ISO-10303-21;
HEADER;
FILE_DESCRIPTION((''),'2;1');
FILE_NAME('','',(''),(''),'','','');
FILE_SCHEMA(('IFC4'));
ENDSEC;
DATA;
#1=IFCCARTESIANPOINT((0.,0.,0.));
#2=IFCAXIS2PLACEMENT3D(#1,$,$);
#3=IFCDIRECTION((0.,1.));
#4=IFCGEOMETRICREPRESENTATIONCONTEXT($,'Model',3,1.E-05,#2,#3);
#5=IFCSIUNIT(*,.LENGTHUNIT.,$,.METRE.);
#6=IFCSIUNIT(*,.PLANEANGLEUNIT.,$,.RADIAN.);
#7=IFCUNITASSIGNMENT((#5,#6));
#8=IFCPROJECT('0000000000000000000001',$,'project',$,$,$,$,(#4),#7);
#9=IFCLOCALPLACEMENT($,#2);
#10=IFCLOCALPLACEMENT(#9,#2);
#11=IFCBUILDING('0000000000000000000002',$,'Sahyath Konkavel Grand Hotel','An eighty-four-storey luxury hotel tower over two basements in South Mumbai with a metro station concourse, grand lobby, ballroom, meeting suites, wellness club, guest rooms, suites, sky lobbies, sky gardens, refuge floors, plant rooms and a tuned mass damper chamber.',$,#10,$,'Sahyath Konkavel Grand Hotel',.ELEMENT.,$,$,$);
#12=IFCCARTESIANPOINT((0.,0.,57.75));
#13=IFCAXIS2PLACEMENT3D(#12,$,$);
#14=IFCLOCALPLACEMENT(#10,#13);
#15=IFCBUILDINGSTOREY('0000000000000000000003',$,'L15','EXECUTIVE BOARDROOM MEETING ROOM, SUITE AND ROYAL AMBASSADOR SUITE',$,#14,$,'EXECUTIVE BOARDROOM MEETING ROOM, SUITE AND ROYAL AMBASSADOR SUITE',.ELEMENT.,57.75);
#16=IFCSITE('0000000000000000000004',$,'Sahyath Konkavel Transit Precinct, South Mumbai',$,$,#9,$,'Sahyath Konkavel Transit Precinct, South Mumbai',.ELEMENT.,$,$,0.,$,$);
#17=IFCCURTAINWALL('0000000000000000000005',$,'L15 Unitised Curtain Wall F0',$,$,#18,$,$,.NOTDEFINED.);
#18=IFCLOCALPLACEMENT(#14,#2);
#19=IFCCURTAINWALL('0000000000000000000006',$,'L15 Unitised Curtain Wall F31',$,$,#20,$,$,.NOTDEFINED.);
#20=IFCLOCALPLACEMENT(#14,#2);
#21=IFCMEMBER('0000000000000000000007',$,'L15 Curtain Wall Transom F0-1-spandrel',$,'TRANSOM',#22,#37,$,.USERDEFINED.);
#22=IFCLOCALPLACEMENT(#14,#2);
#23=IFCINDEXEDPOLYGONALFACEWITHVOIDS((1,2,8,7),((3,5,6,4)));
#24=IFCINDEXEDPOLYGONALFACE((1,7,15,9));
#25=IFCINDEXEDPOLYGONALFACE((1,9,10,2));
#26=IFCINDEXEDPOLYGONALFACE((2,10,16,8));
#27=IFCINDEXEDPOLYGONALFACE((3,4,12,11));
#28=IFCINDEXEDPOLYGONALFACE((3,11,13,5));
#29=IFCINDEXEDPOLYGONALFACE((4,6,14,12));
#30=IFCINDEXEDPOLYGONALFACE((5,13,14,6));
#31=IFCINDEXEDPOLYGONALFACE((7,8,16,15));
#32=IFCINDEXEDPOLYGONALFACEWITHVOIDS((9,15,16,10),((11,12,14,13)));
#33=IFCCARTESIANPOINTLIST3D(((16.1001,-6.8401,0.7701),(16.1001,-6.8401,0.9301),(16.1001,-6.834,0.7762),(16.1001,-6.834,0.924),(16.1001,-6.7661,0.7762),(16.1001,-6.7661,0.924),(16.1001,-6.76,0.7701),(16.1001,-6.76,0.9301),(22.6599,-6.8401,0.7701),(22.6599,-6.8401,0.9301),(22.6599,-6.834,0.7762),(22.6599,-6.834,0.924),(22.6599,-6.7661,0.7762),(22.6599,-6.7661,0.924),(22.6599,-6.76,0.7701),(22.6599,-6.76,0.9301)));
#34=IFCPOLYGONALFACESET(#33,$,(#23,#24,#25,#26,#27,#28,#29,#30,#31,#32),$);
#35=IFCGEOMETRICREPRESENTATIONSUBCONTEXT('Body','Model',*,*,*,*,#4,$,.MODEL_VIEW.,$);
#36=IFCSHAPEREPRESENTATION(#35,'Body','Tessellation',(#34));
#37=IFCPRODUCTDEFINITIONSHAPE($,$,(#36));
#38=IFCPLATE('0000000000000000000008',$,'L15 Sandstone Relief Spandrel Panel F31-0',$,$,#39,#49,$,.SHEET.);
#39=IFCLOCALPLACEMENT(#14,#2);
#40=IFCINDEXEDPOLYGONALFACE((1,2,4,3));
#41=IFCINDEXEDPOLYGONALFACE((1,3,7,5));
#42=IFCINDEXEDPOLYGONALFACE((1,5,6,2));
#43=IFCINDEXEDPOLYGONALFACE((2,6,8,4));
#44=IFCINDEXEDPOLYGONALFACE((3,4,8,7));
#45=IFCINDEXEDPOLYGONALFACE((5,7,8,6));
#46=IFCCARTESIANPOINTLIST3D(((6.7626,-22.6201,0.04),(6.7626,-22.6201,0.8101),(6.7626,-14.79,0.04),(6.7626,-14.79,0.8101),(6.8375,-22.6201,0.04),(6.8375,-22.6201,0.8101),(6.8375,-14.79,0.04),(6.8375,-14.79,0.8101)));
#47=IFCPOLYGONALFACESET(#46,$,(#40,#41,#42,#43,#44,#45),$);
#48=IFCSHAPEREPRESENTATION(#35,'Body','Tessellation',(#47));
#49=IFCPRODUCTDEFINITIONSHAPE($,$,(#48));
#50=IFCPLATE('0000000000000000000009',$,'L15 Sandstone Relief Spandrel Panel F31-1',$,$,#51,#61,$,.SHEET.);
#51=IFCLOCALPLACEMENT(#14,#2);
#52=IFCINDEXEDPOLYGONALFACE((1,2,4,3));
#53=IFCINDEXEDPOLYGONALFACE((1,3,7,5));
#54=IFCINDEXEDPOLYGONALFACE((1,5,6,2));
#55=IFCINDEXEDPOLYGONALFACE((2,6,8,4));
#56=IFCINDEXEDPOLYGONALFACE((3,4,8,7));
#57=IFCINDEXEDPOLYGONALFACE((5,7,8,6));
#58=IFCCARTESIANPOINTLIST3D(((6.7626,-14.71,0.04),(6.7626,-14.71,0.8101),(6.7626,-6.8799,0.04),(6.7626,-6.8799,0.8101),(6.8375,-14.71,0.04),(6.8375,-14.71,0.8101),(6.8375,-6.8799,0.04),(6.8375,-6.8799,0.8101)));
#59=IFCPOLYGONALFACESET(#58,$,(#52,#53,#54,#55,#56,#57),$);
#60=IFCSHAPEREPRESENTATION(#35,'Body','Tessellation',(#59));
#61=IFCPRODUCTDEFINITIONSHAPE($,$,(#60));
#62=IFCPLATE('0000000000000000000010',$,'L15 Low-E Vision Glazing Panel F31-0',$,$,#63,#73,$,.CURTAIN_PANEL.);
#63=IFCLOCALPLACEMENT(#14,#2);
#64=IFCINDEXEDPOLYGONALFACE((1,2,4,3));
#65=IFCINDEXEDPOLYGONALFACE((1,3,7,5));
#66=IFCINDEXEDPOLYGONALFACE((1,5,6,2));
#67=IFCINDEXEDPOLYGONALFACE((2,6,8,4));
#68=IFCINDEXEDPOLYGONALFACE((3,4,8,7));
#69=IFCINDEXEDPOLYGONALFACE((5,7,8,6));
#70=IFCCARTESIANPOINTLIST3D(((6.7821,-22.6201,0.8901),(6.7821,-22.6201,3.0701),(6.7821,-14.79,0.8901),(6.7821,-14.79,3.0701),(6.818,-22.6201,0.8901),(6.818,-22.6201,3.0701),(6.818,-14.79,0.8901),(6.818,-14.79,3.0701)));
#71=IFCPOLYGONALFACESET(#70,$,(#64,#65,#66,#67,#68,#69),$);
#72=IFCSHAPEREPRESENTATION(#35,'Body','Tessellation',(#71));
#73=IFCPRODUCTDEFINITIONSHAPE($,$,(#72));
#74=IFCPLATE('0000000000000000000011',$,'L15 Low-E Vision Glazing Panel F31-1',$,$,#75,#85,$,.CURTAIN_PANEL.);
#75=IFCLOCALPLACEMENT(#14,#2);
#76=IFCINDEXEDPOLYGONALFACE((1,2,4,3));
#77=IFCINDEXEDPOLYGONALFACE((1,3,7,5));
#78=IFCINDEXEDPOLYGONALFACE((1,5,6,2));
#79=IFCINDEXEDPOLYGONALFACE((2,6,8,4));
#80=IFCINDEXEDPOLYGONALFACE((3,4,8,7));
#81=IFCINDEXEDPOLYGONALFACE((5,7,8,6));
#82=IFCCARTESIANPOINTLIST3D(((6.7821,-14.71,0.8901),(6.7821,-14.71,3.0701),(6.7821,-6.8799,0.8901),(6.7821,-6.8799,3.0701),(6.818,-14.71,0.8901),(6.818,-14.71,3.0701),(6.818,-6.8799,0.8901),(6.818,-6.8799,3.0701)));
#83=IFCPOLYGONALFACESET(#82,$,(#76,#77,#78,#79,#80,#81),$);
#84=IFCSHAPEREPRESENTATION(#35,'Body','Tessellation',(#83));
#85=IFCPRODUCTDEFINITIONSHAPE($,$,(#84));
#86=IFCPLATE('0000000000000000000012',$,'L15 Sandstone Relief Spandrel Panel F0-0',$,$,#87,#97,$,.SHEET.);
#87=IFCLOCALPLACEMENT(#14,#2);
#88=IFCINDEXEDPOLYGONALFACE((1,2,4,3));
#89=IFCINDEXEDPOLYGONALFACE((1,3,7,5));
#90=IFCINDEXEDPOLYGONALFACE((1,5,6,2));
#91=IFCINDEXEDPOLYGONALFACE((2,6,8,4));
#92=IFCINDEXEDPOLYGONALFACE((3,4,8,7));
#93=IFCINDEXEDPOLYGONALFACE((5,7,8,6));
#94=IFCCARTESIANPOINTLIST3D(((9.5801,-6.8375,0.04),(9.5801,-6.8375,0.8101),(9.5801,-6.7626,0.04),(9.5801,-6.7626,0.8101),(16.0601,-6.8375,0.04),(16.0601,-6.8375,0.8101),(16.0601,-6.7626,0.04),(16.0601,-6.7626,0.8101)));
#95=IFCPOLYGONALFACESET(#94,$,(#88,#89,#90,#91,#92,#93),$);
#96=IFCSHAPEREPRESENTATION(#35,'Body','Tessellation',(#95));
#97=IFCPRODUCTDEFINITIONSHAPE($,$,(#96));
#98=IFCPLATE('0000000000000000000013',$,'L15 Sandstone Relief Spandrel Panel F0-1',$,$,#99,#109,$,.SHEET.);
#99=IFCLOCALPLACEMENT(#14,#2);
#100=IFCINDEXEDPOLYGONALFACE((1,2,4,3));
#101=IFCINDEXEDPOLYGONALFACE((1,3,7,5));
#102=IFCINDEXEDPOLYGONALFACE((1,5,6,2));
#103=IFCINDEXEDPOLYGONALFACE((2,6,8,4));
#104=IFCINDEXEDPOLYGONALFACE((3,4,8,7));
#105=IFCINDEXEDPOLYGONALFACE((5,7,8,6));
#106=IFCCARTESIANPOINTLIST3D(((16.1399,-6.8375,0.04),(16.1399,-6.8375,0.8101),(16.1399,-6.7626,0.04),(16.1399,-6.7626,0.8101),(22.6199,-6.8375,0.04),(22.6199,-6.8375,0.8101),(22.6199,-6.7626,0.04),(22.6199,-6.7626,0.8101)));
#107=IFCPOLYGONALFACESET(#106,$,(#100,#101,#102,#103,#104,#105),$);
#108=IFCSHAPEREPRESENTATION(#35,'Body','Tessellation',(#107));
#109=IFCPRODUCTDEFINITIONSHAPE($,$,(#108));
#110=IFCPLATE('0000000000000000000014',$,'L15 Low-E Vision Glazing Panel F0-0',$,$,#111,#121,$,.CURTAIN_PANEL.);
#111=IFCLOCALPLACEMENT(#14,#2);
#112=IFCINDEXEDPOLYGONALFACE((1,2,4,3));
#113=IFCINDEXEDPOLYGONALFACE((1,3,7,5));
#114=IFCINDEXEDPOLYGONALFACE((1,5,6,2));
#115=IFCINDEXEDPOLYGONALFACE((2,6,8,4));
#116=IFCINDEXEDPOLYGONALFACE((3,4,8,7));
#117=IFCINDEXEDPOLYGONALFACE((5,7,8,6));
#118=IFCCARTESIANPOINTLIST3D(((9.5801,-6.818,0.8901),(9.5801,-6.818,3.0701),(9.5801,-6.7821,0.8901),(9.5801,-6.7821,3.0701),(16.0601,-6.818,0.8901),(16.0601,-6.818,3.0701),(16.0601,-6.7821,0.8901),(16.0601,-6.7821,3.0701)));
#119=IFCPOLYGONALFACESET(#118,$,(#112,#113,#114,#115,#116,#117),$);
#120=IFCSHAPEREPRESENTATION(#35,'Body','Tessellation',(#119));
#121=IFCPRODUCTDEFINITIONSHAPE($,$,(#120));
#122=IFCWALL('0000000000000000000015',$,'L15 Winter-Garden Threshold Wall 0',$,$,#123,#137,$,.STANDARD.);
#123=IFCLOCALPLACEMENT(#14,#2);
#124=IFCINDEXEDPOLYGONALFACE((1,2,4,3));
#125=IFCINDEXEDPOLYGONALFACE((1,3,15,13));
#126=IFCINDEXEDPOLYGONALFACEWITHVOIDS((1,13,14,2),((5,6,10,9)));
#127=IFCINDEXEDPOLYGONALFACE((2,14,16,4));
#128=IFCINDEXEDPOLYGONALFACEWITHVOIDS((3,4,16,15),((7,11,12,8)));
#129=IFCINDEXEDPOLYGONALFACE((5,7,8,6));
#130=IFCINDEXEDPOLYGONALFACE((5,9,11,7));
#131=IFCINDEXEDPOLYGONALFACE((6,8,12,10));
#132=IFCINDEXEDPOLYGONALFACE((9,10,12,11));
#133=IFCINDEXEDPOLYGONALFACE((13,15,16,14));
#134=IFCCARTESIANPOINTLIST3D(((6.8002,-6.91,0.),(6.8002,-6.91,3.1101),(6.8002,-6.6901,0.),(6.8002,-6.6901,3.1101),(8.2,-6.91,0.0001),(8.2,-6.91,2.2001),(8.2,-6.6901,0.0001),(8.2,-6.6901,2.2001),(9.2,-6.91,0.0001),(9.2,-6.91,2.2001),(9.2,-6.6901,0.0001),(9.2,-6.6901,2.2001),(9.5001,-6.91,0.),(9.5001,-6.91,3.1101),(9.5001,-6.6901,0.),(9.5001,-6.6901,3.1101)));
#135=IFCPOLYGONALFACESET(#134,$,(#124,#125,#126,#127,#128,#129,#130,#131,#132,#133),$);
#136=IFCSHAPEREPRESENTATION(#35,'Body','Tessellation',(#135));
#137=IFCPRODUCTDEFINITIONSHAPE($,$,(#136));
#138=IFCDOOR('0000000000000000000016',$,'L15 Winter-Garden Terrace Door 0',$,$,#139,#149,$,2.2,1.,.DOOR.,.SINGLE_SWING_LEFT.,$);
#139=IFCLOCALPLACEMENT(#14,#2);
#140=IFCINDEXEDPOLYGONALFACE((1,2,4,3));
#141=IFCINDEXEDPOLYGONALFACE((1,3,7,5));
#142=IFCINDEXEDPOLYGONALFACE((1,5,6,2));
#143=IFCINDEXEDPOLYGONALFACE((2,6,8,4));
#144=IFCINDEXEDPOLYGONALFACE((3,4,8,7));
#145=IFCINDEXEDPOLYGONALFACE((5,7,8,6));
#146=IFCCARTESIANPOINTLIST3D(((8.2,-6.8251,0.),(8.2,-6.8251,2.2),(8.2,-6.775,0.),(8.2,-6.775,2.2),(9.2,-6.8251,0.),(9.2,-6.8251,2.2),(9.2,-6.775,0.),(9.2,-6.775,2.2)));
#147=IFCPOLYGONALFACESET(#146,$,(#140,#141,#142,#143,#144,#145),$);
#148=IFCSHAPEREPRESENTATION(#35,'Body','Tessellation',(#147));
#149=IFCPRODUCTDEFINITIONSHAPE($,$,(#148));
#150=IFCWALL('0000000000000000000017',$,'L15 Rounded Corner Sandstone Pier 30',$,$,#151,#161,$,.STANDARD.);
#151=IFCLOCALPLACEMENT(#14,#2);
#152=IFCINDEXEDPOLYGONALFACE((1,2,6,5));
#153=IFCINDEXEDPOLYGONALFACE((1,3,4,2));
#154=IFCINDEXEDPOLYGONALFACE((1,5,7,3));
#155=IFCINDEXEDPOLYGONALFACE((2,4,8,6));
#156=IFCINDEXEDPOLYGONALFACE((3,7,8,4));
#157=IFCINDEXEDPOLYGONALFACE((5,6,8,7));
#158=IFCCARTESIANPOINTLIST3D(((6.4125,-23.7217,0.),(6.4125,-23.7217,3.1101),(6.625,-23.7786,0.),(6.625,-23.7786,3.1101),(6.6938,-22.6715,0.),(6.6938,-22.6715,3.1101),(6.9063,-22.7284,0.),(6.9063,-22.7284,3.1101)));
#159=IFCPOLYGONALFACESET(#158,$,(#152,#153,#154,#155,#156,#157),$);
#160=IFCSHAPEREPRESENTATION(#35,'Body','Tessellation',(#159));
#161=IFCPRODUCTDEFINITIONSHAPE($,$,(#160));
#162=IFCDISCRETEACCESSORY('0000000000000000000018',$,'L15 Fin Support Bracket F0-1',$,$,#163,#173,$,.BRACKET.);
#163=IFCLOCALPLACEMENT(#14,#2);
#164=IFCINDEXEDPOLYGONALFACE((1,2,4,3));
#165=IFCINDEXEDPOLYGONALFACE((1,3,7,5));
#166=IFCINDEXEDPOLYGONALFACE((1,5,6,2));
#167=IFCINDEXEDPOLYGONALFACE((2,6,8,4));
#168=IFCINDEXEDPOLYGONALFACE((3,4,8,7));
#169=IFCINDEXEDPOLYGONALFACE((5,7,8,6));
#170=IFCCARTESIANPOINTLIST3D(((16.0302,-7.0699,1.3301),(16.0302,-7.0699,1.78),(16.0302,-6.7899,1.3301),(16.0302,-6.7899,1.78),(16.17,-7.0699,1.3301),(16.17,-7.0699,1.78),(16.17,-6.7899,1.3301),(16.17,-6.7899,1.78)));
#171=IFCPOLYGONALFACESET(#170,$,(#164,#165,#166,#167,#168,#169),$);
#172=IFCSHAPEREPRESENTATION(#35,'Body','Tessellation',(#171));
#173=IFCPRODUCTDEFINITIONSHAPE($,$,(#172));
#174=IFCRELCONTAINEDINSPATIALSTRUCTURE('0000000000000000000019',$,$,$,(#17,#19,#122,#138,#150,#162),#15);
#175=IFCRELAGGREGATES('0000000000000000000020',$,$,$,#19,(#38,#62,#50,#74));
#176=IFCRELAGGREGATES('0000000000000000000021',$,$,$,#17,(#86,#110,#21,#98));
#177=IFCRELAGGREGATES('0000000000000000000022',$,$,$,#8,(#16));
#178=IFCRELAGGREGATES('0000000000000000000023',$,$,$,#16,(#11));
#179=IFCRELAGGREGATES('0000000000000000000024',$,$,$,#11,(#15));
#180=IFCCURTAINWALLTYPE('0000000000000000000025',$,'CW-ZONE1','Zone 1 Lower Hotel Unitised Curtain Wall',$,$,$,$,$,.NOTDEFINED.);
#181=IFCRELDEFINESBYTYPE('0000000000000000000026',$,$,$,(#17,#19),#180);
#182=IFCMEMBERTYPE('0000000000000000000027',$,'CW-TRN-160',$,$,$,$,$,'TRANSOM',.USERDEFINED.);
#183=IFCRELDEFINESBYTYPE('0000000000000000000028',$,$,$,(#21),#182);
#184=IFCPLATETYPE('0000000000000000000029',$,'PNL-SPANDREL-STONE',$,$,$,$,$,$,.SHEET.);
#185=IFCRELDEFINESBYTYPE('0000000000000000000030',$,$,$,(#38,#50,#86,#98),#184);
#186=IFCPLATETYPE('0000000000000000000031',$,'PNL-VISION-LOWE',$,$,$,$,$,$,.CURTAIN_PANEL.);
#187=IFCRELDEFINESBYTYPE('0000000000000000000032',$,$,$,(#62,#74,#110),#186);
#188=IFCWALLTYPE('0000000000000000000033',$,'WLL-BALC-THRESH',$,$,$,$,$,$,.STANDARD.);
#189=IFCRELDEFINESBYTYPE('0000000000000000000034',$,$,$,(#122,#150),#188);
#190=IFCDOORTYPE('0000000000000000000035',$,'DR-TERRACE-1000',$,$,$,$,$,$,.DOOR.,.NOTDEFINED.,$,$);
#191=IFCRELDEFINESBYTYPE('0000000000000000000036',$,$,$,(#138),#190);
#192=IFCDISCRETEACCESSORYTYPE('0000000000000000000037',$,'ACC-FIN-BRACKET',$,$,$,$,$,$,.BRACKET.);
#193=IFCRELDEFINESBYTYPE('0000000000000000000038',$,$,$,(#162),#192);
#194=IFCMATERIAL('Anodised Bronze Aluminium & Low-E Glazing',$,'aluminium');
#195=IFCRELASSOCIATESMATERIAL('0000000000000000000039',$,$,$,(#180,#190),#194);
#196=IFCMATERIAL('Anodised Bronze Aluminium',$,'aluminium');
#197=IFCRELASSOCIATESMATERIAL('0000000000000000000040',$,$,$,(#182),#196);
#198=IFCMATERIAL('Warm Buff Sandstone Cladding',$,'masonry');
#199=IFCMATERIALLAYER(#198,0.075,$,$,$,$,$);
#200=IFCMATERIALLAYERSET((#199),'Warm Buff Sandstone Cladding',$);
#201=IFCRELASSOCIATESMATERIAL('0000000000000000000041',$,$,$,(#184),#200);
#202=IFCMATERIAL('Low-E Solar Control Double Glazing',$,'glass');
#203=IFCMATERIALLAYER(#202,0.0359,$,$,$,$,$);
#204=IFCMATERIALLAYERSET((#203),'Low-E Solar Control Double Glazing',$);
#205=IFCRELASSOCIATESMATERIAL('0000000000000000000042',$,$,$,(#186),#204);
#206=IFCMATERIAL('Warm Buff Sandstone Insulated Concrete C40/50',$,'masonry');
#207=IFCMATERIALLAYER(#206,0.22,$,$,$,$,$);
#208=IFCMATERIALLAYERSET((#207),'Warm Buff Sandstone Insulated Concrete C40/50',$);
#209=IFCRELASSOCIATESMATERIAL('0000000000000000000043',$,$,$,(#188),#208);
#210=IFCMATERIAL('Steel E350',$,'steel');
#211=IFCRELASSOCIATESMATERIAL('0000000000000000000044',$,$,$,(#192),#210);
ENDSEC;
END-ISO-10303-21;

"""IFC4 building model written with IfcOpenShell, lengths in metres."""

from ifc_helpers import new_model, si_unit, direction, frame, frame_2d, origin, origin_2d, place, context, subcontext, project, spatial, rectangle, hollow_rectangle, extrude, source, transform, mapped, material, layer, layer_set, material_profile, profile_set, type_object, element, fill, aggregate, save


model = new_model("IFC4")

# Units and contexts
model_context = context("Model", 3, precision=1e-05, world=origin(), true_north=direction((0.0, 1.0)))
body_context = subcontext(model_context, "Body", "Model", "MODEL_VIEW")
ifc_project = project(units=[si_unit("LENGTHUNIT", "METRE"), si_unit("PLANEANGLEUNIT", "RADIAN")], contexts=[model_context])

# Site, building, storey
site_placement = place(None, origin())
site = spatial("IfcSite", under=ifc_project, at=site_placement, Name="Sahyath Konkavel Transit Precinct, South Mumbai", LongName="Sahyath Konkavel Transit Precinct, South Mumbai", CompositionType="ELEMENT", RefElevation=0.0)
building_placement = place(site_placement, origin())
building = spatial("IfcBuilding", under=site, at=building_placement, Name="Sahyath Konkavel Grand Hotel", Description="An eighty-four-storey luxury hotel tower over two basements in South Mumbai with a metro station concourse, grand lobby, ballroom, meeting suites, wellness club, guest rooms, suites, sky lobbies, sky gardens, refuge floors, plant rooms and a tuned mass damper chamber.", LongName="Sahyath Konkavel Grand Hotel", CompositionType="ELEMENT")
storey_placement = place(building_placement, frame((0.0, 0.0, 57.75)))
storey = spatial("IfcBuildingStorey", under=building, at=storey_placement, Name="L15", Description="EXECUTIVE BOARDROOM MEETING ROOM, SUITE AND ROYAL AMBASSADOR SUITE", LongName="EXECUTIVE BOARDROOM MEETING ROOM, SUITE AND ROYAL AMBASSADOR SUITE", CompositionType="ELEMENT", Elevation=57.75)

# Curtain wall
ifc_material_1 = material(Name="Anodised Bronze Aluminium & Low-E Glazing", Category="aluminium")
curtain_wall_type = type_object("IfcCurtainWallType", Name="CW-ZONE1", Description="Zone 1 Lower Hotel Unitised Curtain Wall", PredefinedType="NOTDEFINED", material=ifc_material_1)
curtain_wall_1_placement = place(storey_placement, origin())
curtain_wall_1 = element("IfcCurtainWall", 1, at=curtain_wall_1_placement, inside=storey, type_object=curtain_wall_type, Name="L15 Unitised Curtain Wall F0", PredefinedType="NOTDEFINED")

# Curtain wall
curtain_wall_2_placement = place(storey_placement, origin())
curtain_wall_2 = element("IfcCurtainWall", 2, at=curtain_wall_2_placement, inside=storey, type_object=curtain_wall_type, Name="L15 Unitised Curtain Wall F31", PredefinedType="NOTDEFINED")
ifc_material_2 = material(Name="Anodised Bronze Aluminium", Category="aluminium")
ifc_material_profile_1 = material_profile(ifc_material_2, hollow_rectangle(XDim=0.0801, YDim=0.1599, WallThickness=0.0061, at=origin_2d()), Name="RHS 160x80x6")
ifc_profile_set_1 = profile_set([ifc_material_profile_1], Name="Anodised Bronze Aluminium")
member_type_1 = type_object("IfcMemberType", Name="CW-TRN-160", ElementType="TRANSOM", PredefinedType="USERDEFINED", material=ifc_profile_set_1)

# Member
shared_shape_1 = source(origin(), body_context, "Body", "SweptSolid", [
    extrude(hollow_rectangle(XDim=0.0801, YDim=0.1599, WallThickness=0.0061, at=origin_2d()), origin(), (0.0, 0.0, 1.0), 6.5598),
])
member_1_placement = place(storey_placement, frame((16.1001, -6.8, 0.8501), z_axis=(1.0, 0.0, 0.0), x_axis=(0.0, 1.0, 0.0)))
member_1 = element("IfcMember", 3, at=member_1_placement, type_object=member_type_1, Name="L15 Curtain Wall Transom F0-1-spandrel", ObjectType="TRANSOM", PredefinedType="USERDEFINED", context=body_context, shape_type="MappedRepresentation", body=[
    mapped(shared_shape_1, transform((0.0, 0.0, 0.0), scale=1.0)),
])

# Plates
ifc_material_3 = material(Name="Warm Buff Sandstone Cladding", Category="masonry")
ifc_layer_1 = layer(ifc_material_3, 0.075)
ifc_layer_set_1 = layer_set([ifc_layer_1], Name="Warm Buff Sandstone Cladding")
plate_type_1 = type_object("IfcPlateType", Name="PNL-SPANDREL-STONE", PredefinedType="SHEET", material=ifc_layer_set_1)
shared_shape_2 = source(origin(), body_context, "Body", "SweptSolid", [
    extrude(rectangle(XDim=7.8301, YDim=0.075, at=origin_2d()), origin(), (0.0, 0.0, 1.0), 0.77),
])
plate_1_placement = place(storey_placement, frame((6.8, -18.7051, 0.04), z_axis=(0.0, 0.0, 1.0), x_axis=(0.0, 1.0, 0.0)))
plate_1 = element("IfcPlate", 4, at=plate_1_placement, type_object=plate_type_1, Name="L15 Sandstone Relief Spandrel Panel F31-0", PredefinedType="SHEET", context=body_context, shape_type="MappedRepresentation", body=[
    mapped(shared_shape_2, transform((0.0, 0.0, 0.0), scale=1.0)),
])
plate_2_placement = place(storey_placement, frame((6.8, -10.7949, 0.04), z_axis=(0.0, 0.0, 1.0), x_axis=(0.0, 1.0, 0.0)))
plate_2 = element("IfcPlate", 5, at=plate_2_placement, type_object=plate_type_1, Name="L15 Sandstone Relief Spandrel Panel F31-1", PredefinedType="SHEET", context=body_context, shape_type="MappedRepresentation", body=[
    mapped(shared_shape_2, transform((0.0, 0.0, 0.0), scale=1.0)),
])
ifc_material_4 = material(Name="Low-E Solar Control Double Glazing", Category="glass")
ifc_layer_2 = layer(ifc_material_4, 0.0359)
ifc_layer_set_2 = layer_set([ifc_layer_2], Name="Low-E Solar Control Double Glazing")
plate_type_2 = type_object("IfcPlateType", Name="PNL-VISION-LOWE", PredefinedType="CURTAIN_PANEL", material=ifc_layer_set_2)
shared_shape_3 = source(origin(), body_context, "Body", "SweptSolid", [
    extrude(rectangle(XDim=7.8301, YDim=0.0359, at=origin_2d()), origin(), (0.0, 0.0, 1.0), 2.1799),
])
plate_3_placement = place(storey_placement, frame((6.8, -18.7051, 0.8901), z_axis=(0.0, 0.0, 1.0), x_axis=(0.0, 1.0, 0.0)))
plate_3 = element("IfcPlate", 6, at=plate_3_placement, type_object=plate_type_2, Name="L15 Low-E Vision Glazing Panel F31-0", PredefinedType="CURTAIN_PANEL", context=body_context, shape_type="MappedRepresentation", body=[
    mapped(shared_shape_3, transform((0.0, 0.0, 0.0), scale=1.0)),
])
plate_4_placement = place(storey_placement, frame((6.8, -10.7949, 0.8901), z_axis=(0.0, 0.0, 1.0), x_axis=(0.0, 1.0, 0.0)))
plate_4 = element("IfcPlate", 7, at=plate_4_placement, type_object=plate_type_2, Name="L15 Low-E Vision Glazing Panel F31-1", PredefinedType="CURTAIN_PANEL", context=body_context, shape_type="MappedRepresentation", body=[
    mapped(shared_shape_3, transform((0.0, 0.0, 0.0), scale=1.0)),
])
aggregate(curtain_wall_2, [plate_1, plate_3, plate_2, plate_4])
shared_shape_4 = source(origin(), body_context, "Body", "SweptSolid", [
    extrude(rectangle(XDim=6.48, YDim=0.075, at=origin_2d()), origin(), (0.0, 0.0, 1.0), 0.77),
])
plate_5_placement = place(storey_placement, frame((12.8201, -6.8, 0.04), z_axis=(0.0, 0.0, 1.0), x_axis=(1.0, 0.0, 0.0)))
plate_5 = element("IfcPlate", 8, at=plate_5_placement, type_object=plate_type_1, Name="L15 Sandstone Relief Spandrel Panel F0-0", PredefinedType="SHEET", context=body_context, shape_type="MappedRepresentation", body=[
    mapped(shared_shape_4, transform((0.0, 0.0, 0.0), scale=1.0)),
])
plate_6_placement = place(storey_placement, frame((19.3799, -6.8, 0.04), z_axis=(0.0, 0.0, 1.0), x_axis=(1.0, 0.0, 0.0)))
plate_6 = element("IfcPlate", 9, at=plate_6_placement, type_object=plate_type_1, Name="L15 Sandstone Relief Spandrel Panel F0-1", PredefinedType="SHEET", context=body_context, shape_type="MappedRepresentation", body=[
    mapped(shared_shape_4, transform((0.0, 0.0, 0.0), scale=1.0)),
])
shared_shape_5 = source(origin(), body_context, "Body", "SweptSolid", [
    extrude(rectangle(XDim=6.48, YDim=0.0359, at=origin_2d()), origin(), (0.0, 0.0, 1.0), 2.1799),
])
plate_7_placement = place(storey_placement, frame((12.8201, -6.8, 0.8901), z_axis=(0.0, 0.0, 1.0), x_axis=(1.0, 0.0, 0.0)))
plate_7 = element("IfcPlate", 10, at=plate_7_placement, type_object=plate_type_2, Name="L15 Low-E Vision Glazing Panel F0-0", PredefinedType="CURTAIN_PANEL", context=body_context, shape_type="MappedRepresentation", body=[
    mapped(shared_shape_5, transform((0.0, 0.0, 0.0), scale=1.0)),
])
aggregate(curtain_wall_1, [plate_5, plate_7, member_1, plate_6])

# Wall, opening, door
ifc_material_5 = material(Name="Warm Buff Sandstone Insulated Concrete C40/50", Category="masonry")
ifc_layer_3 = layer(ifc_material_5, 0.22)
ifc_layer_set_3 = layer_set([ifc_layer_3], Name="Warm Buff Sandstone Insulated Concrete C40/50")
wall_type = type_object("IfcWallType", Name="WLL-BALC-THRESH", PredefinedType="STANDARD", material=ifc_layer_set_3)
wall_1_placement = place(storey_placement, frame((6.8, -6.8, 0.0), z_axis=(0.0, 0.0, 1.0), x_axis=(1.0, 0.0, 0.0)))
wall_1 = element("IfcWall", 11, at=wall_1_placement, inside=storey, type_object=wall_type, Name="L15 Winter-Garden Threshold Wall 0", PredefinedType="STANDARD", context=body_context, shape_type="SweptSolid", body=[
    extrude(rectangle(XDim=2.7, YDim=0.22, at=frame_2d((1.3501, 0.0))), origin(), (0.0, 0.0, 1.0), 3.1101),
])
opening_placement = place(wall_1_placement, frame((1.3999, 0.0, 0.0)))
opening = element("IfcOpeningElement", 12, at=opening_placement, cuts=wall_1, PredefinedType="OPENING", context=body_context, shape_type="SweptSolid", body=[
    extrude(rectangle(XDim=1.0, YDim=2.2, at=frame_2d((0.5, 1.1001))), frame((0.0, 0.1201, 0.0), z_axis=(0.0, -1.0, 0.0), x_axis=(1.0, 0.0, 0.0)), (0.0, 0.0, 1.0), 0.24),
])
door_type = type_object("IfcDoorType", Name="DR-TERRACE-1000", OperationType="NOTDEFINED", PredefinedType="DOOR", material=ifc_material_1)
shared_shape_6 = source(origin(), body_context, "Body", "SweptSolid", [
    extrude(rectangle(XDim=1.0, YDim=0.05, at=origin_2d()), origin(), (0.0, 0.0, 1.0), 2.2),
])
door_placement = place(opening_placement, frame((0.5, 0.0, 0.0)))
door = element("IfcDoor", 13, at=door_placement, inside=storey, type_object=door_type, Name="L15 Winter-Garden Terrace Door 0", OperationType="SINGLE_SWING_LEFT", OverallHeight=2.2, OverallWidth=1.0, PredefinedType="DOOR", context=body_context, shape_type="MappedRepresentation", body=[
    mapped(shared_shape_6, transform((0.0, 0.0, 0.0), scale=1.0)),
])
fill(opening, door)

# Wall
wall_2_placement = place(storey_placement, frame((6.5188, -23.75, 0.0), z_axis=(0.0, 0.0, 1.0), x_axis=(0.258725, 0.965951, 0.0)))
element("IfcWall", 14, at=wall_2_placement, inside=storey, type_object=wall_type, Name="L15 Rounded Corner Sandstone Pier 30", PredefinedType="STANDARD", context=body_context, shape_type="SweptSolid", body=[
    extrude(rectangle(XDim=1.0872, YDim=0.22, at=frame_2d((0.5435, 0.0))), origin(), (0.0, 0.0, 1.0), 3.1101),
])

# Discrete accessory
ifc_material_6 = material(Name="Steel E350", Category="steel")
discrete_accessory_type = type_object("IfcDiscreteAccessoryType", Name="ACC-FIN-BRACKET", PredefinedType="BRACKET", material=ifc_material_6)
shared_shape_7 = source(origin(), body_context, "Body", "SweptSolid", [
    extrude(rectangle(XDim=0.28, YDim=0.1399, at=origin_2d()), origin(), (0.0, 0.0, 1.0), 0.45),
])
for number, where, z_axis, x_axis, name in (
    (15, (16.1001, -6.9299, 1.3301), (0.0, 0.0, 1.0), (0.0, -1.0, 0.0), "L15 Fin Support Bracket F0-1"),
):
    element("IfcDiscreteAccessory", number, at=place(storey_placement, frame(where, z_axis=z_axis, x_axis=x_axis)), inside=storey, type_object=discrete_accessory_type, Name=name, PredefinedType="BRACKET", context=body_context, shape_type="MappedRepresentation", body=[
        mapped(shared_shape_7, transform((0.0, 0.0, 0.0), scale=1.0)),
    ])

save(model, "model.ifc")
